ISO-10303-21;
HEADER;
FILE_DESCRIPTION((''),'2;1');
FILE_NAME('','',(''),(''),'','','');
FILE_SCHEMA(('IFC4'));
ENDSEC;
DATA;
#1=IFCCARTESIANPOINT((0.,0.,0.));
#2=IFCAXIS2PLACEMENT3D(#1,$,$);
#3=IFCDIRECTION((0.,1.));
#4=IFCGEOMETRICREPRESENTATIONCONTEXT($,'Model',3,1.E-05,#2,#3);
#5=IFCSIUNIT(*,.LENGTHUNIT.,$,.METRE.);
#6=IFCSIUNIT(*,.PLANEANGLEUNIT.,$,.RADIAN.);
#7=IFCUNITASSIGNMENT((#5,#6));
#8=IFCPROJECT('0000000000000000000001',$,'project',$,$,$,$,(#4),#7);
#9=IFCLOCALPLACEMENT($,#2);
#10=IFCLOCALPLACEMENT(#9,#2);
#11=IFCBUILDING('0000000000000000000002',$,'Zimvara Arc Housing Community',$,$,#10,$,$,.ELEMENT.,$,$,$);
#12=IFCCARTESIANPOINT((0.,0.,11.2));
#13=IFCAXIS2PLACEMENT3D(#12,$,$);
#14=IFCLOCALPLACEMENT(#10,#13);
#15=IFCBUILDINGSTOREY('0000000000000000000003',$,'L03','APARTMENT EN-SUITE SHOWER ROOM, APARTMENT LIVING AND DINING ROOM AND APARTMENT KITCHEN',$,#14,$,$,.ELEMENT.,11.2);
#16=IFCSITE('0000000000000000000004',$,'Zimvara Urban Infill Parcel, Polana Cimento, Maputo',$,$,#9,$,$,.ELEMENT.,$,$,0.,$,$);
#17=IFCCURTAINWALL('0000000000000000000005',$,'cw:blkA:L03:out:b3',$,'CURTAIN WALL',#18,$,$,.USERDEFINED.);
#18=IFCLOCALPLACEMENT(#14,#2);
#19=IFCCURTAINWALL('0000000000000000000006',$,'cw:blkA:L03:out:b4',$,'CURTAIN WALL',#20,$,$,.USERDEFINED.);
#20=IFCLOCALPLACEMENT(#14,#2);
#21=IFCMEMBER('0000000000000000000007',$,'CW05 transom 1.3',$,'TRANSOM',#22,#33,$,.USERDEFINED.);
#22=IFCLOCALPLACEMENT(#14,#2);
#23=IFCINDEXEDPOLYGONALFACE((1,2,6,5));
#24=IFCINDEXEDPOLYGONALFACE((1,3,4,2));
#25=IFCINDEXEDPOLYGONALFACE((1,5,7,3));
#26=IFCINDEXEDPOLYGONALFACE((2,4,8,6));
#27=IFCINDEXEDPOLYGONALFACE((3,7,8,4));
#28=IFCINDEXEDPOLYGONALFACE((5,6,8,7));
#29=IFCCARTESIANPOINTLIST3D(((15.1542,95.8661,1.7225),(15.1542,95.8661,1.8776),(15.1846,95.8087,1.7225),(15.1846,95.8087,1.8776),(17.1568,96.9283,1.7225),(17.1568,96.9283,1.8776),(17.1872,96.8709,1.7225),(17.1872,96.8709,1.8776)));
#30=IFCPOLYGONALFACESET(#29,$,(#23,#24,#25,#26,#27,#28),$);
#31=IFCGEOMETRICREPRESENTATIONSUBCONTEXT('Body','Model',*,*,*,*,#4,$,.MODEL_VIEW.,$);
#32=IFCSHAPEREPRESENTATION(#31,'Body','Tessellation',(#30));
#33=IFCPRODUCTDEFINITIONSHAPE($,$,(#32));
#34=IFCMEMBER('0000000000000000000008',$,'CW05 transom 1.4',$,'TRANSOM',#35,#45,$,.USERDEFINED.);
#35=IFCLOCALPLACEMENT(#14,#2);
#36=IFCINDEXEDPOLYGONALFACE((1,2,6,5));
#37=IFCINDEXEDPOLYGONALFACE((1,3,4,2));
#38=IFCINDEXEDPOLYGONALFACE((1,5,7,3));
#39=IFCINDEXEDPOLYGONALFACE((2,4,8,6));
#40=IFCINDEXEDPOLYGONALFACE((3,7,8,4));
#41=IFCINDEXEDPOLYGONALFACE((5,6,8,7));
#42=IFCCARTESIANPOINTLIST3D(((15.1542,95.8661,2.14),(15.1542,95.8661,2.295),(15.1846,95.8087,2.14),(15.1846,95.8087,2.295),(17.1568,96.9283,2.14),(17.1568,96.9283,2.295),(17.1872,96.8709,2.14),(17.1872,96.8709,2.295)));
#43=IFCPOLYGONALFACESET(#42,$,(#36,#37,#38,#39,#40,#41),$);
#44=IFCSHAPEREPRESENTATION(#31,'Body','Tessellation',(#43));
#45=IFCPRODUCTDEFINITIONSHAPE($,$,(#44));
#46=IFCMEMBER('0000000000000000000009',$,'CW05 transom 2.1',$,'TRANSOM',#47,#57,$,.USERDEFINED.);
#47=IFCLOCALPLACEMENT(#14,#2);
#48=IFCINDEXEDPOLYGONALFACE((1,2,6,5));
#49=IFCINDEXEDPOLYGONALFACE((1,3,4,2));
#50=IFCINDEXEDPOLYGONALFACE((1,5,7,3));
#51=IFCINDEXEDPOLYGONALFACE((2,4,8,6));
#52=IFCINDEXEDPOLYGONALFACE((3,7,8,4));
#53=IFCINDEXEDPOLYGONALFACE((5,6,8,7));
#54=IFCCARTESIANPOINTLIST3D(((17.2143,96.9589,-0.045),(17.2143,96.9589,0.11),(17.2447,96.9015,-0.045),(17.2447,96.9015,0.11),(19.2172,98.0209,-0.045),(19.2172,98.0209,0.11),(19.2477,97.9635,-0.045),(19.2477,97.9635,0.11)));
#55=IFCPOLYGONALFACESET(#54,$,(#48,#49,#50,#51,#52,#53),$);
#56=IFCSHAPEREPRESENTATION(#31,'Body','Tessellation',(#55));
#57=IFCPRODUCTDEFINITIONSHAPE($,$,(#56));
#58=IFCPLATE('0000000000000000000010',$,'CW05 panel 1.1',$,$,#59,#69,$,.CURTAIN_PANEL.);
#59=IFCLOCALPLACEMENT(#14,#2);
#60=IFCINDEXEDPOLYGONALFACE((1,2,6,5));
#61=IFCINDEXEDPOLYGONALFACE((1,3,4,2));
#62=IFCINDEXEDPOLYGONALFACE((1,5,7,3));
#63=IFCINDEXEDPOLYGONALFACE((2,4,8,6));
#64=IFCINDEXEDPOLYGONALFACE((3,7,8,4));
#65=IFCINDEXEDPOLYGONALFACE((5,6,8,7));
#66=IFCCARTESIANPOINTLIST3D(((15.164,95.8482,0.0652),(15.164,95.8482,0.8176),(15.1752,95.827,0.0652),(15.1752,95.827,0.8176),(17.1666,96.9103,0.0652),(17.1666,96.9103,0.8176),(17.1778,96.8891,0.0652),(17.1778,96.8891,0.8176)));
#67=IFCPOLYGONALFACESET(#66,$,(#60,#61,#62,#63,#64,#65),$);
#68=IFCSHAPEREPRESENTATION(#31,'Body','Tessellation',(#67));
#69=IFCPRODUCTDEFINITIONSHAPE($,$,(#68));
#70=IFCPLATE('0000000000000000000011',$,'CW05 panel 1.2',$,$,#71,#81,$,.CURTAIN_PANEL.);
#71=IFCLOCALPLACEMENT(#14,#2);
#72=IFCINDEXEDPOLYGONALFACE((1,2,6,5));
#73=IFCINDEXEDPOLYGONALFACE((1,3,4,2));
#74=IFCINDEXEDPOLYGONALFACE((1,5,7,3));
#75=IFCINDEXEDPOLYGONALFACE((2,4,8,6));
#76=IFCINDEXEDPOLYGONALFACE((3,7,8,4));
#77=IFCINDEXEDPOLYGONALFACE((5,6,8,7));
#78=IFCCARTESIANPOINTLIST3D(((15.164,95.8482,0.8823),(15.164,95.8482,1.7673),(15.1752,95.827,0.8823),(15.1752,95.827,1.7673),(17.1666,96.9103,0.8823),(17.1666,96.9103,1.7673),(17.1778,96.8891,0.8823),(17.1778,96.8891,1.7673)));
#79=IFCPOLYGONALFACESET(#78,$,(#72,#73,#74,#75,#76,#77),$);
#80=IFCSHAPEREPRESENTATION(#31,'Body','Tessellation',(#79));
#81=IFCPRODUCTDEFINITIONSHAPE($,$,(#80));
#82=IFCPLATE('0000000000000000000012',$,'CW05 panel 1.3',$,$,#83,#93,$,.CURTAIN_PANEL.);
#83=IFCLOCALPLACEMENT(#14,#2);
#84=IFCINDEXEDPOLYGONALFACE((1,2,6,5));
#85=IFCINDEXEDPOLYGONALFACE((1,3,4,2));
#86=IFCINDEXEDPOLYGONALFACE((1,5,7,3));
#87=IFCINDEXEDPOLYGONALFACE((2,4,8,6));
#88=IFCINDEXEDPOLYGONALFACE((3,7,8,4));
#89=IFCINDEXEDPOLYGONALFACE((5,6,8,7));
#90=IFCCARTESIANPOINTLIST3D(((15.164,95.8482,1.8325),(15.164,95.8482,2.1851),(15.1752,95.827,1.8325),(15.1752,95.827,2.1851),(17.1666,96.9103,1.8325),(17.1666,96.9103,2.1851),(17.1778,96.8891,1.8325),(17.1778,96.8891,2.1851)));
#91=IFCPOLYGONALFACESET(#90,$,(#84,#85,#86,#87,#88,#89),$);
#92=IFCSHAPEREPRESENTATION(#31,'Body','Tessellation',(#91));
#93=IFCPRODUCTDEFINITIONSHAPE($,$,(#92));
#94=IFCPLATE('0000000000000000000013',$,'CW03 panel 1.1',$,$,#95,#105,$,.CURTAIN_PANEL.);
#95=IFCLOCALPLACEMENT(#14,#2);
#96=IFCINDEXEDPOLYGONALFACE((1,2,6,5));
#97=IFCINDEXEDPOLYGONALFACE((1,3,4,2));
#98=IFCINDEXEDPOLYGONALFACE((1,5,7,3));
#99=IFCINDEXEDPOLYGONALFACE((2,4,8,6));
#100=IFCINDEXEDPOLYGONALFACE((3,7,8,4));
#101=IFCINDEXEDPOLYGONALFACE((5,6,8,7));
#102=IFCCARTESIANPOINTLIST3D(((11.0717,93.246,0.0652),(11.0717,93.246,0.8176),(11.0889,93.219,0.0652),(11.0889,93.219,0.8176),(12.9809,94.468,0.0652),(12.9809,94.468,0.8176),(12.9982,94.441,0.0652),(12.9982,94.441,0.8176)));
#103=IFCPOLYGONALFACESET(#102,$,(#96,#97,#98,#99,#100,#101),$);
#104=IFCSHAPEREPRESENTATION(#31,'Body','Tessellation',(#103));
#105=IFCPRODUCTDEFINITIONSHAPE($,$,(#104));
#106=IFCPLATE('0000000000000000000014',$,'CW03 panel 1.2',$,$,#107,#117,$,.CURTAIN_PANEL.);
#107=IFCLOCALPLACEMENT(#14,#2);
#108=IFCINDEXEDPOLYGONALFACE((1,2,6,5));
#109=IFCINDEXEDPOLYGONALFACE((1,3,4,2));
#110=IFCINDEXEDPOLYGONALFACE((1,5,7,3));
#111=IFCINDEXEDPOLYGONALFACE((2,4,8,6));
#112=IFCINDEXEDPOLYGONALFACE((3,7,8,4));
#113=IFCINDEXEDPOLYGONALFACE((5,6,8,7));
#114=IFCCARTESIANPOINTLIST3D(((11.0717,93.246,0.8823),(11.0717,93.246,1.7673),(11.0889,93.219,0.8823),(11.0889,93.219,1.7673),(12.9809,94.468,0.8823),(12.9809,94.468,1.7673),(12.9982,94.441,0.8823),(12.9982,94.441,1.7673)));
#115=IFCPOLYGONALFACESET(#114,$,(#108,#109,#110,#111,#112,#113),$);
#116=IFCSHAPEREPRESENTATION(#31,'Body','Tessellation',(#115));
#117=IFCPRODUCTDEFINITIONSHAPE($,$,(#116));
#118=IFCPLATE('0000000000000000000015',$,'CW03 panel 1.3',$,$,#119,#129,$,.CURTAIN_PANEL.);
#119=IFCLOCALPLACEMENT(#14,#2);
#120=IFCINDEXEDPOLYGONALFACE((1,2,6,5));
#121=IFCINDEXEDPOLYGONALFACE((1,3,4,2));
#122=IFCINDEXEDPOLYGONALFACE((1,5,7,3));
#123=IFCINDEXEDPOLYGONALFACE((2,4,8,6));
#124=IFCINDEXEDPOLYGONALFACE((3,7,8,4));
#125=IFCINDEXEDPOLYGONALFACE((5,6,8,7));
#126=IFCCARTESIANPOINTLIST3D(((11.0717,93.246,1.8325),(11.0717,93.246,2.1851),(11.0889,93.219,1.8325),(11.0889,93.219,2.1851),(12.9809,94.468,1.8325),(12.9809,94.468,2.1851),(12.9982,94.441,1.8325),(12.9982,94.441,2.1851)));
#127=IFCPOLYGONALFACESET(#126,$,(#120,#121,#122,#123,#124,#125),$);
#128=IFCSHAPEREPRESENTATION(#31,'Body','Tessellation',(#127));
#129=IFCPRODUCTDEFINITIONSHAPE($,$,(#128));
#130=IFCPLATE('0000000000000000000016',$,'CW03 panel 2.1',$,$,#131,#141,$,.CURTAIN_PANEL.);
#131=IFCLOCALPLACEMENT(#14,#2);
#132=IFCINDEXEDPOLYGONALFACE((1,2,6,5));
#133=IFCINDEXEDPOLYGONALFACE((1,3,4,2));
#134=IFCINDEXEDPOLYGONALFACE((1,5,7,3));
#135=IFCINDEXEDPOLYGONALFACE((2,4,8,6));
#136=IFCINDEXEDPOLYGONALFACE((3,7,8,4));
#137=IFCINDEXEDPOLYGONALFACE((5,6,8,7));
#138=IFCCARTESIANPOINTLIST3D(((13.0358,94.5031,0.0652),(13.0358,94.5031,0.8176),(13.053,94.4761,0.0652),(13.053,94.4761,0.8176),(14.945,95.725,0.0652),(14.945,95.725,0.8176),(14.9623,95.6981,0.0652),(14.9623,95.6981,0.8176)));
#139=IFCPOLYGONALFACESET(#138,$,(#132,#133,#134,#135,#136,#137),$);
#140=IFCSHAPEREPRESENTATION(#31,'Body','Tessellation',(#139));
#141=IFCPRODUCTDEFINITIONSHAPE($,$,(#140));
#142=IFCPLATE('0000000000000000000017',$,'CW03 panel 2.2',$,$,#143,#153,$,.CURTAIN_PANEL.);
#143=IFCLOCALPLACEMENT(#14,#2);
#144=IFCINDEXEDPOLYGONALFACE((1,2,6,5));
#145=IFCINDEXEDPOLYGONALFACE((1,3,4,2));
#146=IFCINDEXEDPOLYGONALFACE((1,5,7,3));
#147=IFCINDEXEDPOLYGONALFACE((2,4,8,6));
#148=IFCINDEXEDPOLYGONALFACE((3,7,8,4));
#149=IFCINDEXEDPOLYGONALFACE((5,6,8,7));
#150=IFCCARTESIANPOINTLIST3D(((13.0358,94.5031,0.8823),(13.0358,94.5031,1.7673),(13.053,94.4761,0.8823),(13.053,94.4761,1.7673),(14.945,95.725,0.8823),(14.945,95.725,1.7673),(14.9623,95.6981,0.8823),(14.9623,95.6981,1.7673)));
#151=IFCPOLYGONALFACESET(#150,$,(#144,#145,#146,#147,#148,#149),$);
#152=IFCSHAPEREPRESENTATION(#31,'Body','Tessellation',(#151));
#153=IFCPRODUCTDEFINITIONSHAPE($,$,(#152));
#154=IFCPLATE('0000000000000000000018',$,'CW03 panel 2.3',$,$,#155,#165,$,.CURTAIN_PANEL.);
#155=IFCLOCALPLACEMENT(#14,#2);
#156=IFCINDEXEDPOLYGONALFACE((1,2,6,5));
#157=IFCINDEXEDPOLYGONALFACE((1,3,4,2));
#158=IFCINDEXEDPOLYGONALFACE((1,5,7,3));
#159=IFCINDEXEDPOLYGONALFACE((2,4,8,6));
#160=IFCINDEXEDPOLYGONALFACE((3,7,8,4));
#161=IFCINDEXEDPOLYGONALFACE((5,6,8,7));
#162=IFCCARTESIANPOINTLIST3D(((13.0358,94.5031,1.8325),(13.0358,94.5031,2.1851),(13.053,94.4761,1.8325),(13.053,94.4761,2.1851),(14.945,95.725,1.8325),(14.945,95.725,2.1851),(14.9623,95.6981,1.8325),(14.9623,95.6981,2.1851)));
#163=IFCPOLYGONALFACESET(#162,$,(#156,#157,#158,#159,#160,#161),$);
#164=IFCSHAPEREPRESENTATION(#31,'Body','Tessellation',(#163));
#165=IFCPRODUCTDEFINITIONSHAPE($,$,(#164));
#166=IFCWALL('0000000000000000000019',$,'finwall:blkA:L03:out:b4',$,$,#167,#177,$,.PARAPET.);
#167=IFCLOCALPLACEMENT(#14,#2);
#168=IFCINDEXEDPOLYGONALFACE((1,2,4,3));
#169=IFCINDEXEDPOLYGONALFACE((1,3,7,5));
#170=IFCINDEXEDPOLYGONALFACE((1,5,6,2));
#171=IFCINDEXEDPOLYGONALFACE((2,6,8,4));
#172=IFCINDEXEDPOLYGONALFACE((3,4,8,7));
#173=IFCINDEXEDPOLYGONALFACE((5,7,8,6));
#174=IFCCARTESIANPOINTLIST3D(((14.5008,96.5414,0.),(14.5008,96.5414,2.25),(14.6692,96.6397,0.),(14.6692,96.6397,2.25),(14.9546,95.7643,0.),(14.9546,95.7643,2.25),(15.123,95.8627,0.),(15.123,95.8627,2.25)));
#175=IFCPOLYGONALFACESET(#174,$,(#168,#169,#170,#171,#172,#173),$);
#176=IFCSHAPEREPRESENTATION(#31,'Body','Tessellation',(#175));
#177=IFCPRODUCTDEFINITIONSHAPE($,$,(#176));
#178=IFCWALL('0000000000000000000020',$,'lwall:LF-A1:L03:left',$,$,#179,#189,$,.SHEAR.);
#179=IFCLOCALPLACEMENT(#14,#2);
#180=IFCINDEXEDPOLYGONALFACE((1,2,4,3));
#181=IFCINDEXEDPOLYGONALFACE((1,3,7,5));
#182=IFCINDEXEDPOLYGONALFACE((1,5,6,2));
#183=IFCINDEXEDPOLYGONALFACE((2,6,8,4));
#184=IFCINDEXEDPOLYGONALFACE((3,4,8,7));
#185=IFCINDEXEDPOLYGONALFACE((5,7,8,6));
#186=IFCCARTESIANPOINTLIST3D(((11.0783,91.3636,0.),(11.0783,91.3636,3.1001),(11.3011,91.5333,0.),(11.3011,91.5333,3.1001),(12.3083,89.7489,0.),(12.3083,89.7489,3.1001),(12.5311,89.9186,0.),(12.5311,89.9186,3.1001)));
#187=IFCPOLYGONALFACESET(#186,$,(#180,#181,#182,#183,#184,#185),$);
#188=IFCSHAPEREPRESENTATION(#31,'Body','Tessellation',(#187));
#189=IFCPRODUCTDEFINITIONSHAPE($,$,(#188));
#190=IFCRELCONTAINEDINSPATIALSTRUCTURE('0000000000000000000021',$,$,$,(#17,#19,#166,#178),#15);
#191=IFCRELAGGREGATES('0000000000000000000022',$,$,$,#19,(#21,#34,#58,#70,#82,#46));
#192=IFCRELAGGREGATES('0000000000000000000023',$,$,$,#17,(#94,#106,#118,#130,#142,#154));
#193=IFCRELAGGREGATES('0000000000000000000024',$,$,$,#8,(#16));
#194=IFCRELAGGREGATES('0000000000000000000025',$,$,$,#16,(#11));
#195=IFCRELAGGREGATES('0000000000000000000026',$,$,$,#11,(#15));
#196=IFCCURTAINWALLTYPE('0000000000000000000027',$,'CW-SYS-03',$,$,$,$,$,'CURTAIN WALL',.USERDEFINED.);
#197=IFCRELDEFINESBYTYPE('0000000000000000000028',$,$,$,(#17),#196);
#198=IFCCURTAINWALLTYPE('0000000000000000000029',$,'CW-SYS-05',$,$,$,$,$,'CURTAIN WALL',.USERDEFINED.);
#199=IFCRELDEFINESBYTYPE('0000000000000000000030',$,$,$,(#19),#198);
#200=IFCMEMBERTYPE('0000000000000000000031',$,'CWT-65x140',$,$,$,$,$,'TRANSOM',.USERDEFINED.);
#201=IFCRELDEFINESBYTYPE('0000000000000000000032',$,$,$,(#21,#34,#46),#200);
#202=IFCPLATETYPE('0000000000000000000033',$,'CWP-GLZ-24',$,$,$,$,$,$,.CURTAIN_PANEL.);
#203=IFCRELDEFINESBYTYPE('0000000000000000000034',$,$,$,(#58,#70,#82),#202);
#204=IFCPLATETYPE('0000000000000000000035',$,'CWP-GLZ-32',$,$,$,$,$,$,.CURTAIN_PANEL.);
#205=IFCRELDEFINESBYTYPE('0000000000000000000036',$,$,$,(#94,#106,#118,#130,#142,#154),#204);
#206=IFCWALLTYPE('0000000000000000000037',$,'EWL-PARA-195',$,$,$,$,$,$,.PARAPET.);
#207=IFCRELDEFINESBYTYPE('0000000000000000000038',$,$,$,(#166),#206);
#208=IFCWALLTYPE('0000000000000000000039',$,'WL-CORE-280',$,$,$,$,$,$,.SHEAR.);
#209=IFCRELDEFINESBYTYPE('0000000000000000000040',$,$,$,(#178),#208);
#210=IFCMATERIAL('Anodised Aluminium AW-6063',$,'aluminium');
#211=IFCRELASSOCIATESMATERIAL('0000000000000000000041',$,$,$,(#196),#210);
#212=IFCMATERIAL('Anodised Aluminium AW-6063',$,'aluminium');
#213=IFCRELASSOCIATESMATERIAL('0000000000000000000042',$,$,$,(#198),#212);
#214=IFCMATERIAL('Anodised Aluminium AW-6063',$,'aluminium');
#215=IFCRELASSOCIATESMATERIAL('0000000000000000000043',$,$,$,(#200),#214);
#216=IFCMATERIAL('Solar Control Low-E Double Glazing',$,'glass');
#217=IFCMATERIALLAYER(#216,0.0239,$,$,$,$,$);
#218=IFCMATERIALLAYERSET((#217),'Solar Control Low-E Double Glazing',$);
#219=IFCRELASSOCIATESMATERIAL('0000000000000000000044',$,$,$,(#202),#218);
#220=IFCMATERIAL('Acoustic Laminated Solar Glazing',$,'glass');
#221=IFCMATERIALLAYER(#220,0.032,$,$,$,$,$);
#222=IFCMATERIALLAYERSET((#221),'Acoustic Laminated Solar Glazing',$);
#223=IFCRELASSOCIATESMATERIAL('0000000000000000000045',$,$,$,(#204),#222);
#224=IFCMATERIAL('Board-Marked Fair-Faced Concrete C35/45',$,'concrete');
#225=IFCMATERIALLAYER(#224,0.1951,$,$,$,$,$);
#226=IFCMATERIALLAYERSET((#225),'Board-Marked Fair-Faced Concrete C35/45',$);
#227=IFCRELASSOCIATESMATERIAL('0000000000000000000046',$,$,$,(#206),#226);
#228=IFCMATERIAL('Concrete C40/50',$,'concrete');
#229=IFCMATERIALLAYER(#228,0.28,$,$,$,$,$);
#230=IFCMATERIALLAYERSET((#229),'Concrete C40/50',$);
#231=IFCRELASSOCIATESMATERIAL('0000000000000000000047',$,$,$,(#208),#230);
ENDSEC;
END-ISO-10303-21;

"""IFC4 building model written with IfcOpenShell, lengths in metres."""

from ifc_helpers import new_model, si_unit, direction, frame, frame_2d, origin, origin_2d, place, context, subcontext, project, spatial, rectangle, extrude, material, layer, layer_set, material_profile, profile_set, type_object, element, aggregate, save


model = new_model("IFC4")

# Units and contexts
model_context = context("Model", 3, precision=1e-05, world=origin(), true_north=direction((0.0, 1.0)))
body_context = subcontext(model_context, "Body", "Model", "MODEL_VIEW")
ifc_project = project(units=[si_unit("LENGTHUNIT", "METRE"), si_unit("PLANEANGLEUNIT", "RADIAN")], contexts=[model_context])

# Site, building, storey
site_placement = place(None, origin())
site = spatial("IfcSite", under=ifc_project, at=site_placement, Name="Zimvara Urban Infill Parcel, Polana Cimento, Maputo", CompositionType="ELEMENT", RefElevation=0.0)
building_placement = place(site_placement, origin())
building = spatial("IfcBuilding", under=site, at=building_placement, Name="Zimvara Arc Housing Community", CompositionType="ELEMENT")
storey_placement = place(building_placement, frame((0.0, 0.0, 11.2)))
storey = spatial("IfcBuildingStorey", under=building, at=storey_placement, Name="L03", Description="APARTMENT EN-SUITE SHOWER ROOM, APARTMENT LIVING AND DINING ROOM AND APARTMENT KITCHEN", CompositionType="ELEMENT", Elevation=11.2)

# Curtain walls
ifc_material_1 = material(Name="Anodised Aluminium AW-6063", Category="aluminium")
curtain_wall_type_1 = type_object("IfcCurtainWallType", Name="CW-SYS-03", ElementType="CURTAIN WALL", PredefinedType="USERDEFINED", material=ifc_material_1)
curtain_wall_1_placement = place(storey_placement, origin())
curtain_wall_1 = element("IfcCurtainWall", 1, at=curtain_wall_1_placement, inside=storey, type_object=curtain_wall_type_1, Name="cw:blkA:L03:out:b3", ObjectType="CURTAIN WALL", PredefinedType="USERDEFINED")
ifc_material_2 = material(Name="Anodised Aluminium AW-6063", Category="aluminium")
curtain_wall_type_2 = type_object("IfcCurtainWallType", Name="CW-SYS-05", ElementType="CURTAIN WALL", PredefinedType="USERDEFINED", material=ifc_material_2)
curtain_wall_2_placement = place(storey_placement, origin())
curtain_wall_2 = element("IfcCurtainWall", 2, at=curtain_wall_2_placement, inside=storey, type_object=curtain_wall_type_2, Name="cw:blkA:L03:out:b4", ObjectType="CURTAIN WALL", PredefinedType="USERDEFINED")

# Members
ifc_material_3 = material(Name="Anodised Aluminium AW-6063", Category="aluminium")
ifc_material_profile_1 = material_profile(ifc_material_3, rectangle(XDim=0.0649, YDim=0.155, at=origin_2d()), Name="ALU 65x155")
ifc_profile_set_1 = profile_set([ifc_material_profile_1], Name="Anodised Aluminium AW-6063")
member_type_1 = type_object("IfcMemberType", Name="CWT-65x140", ElementType="TRANSOM", PredefinedType="USERDEFINED", material=ifc_profile_set_1)
member_1_placement = place(storey_placement, frame((15.1694, 95.8374, 1.8), z_axis=(0.883421, 0.46858, 0.0), x_axis=(-0.46858, 0.883421, 0.0)))
member_1 = element("IfcMember", 3, at=member_1_placement, type_object=member_type_1, Name="CW05 transom 1.3", ObjectType="TRANSOM", PredefinedType="USERDEFINED", context=body_context, shape_type="SweptSolid", body=[
    extrude(rectangle(XDim=0.0649, YDim=0.155, at=origin_2d()), origin(), (0.0, 0.0, 1.0), 2.2668),
])
member_2_placement = place(storey_placement, frame((15.1694, 95.8374, 2.2175), z_axis=(0.883421, 0.46858, 0.0), x_axis=(-0.46858, 0.883421, 0.0)))
member_2 = element("IfcMember", 4, at=member_2_placement, type_object=member_type_1, Name="CW05 transom 1.4", ObjectType="TRANSOM", PredefinedType="USERDEFINED", context=body_context, shape_type="SweptSolid", body=[
    extrude(rectangle(XDim=0.0649, YDim=0.155, at=origin_2d()), origin(), (0.0, 0.0, 1.0), 2.2668),
])
member_3_placement = place(storey_placement, frame((17.2295, 96.9302, 0.0325), z_axis=(0.883489, 0.468452, 0.0), x_axis=(-0.468452, 0.883489, 0.0)))
member_3 = element("IfcMember", 5, at=member_3_placement, type_object=member_type_1, Name="CW05 transom 2.1", ObjectType="TRANSOM", PredefinedType="USERDEFINED", context=body_context, shape_type="SweptSolid", body=[
    extrude(rectangle(XDim=0.0649, YDim=0.155, at=origin_2d()), origin(), (0.0, 0.0, 1.0), 2.2671),
])

# Plates
ifc_material_4 = material(Name="Solar Control Low-E Double Glazing", Category="glass")
ifc_layer_1 = layer(ifc_material_4, 0.0239)
ifc_layer_set_1 = layer_set([ifc_layer_1], Name="Solar Control Low-E Double Glazing")
plate_type_1 = type_object("IfcPlateType", Name="CWP-GLZ-24", PredefinedType="CURTAIN_PANEL", material=ifc_layer_set_1)
plate_1_placement = place(storey_placement, frame((16.1709, 96.3687, 0.0652), z_axis=(0.0, 0.0, 1.0), x_axis=(0.883439, 0.468547, 0.0)))
plate_1 = element("IfcPlate", 6, at=plate_1_placement, type_object=plate_type_1, Name="CW05 panel 1.1", PredefinedType="CURTAIN_PANEL", context=body_context, shape_type="SweptSolid", body=[
    extrude(rectangle(XDim=2.2668, YDim=0.0239, at=origin_2d()), origin(), (0.0, 0.0, 1.0), 0.7524),
])
plate_2_placement = place(storey_placement, frame((16.1709, 96.3687, 0.8823), z_axis=(0.0, 0.0, 1.0), x_axis=(0.883439, 0.468547, 0.0)))
plate_2 = element("IfcPlate", 7, at=plate_2_placement, type_object=plate_type_1, Name="CW05 panel 1.2", PredefinedType="CURTAIN_PANEL", context=body_context, shape_type="SweptSolid", body=[
    extrude(rectangle(XDim=2.2668, YDim=0.0239, at=origin_2d()), origin(), (0.0, 0.0, 1.0), 0.885),
])
plate_3_placement = place(storey_placement, frame((16.1709, 96.3687, 1.8325), z_axis=(0.0, 0.0, 1.0), x_axis=(0.883439, 0.468547, 0.0)))
plate_3 = element("IfcPlate", 8, at=plate_3_placement, type_object=plate_type_1, Name="CW05 panel 1.3", PredefinedType="CURTAIN_PANEL", context=body_context, shape_type="SweptSolid", body=[
    extrude(rectangle(XDim=2.2668, YDim=0.0239, at=origin_2d()), origin(), (0.0, 0.0, 1.0), 0.3525),
])
aggregate(curtain_wall_2, [member_1, member_2, plate_1, plate_2, plate_3, member_3])
ifc_material_5 = material(Name="Acoustic Laminated Solar Glazing", Category="glass")
ifc_layer_2 = layer(ifc_material_5, 0.032)
ifc_layer_set_2 = layer_set([ifc_layer_2], Name="Acoustic Laminated Solar Glazing")
plate_type_2 = type_object("IfcPlateType", Name="CWP-GLZ-32", PredefinedType="CURTAIN_PANEL", material=ifc_layer_set_2)
plate_4_placement = place(storey_placement, frame((12.0349, 93.8435, 0.0652), z_axis=(0.0, 0.0, 1.0), x_axis=(0.842264, 0.539065, 0.0)))
plate_4 = element("IfcPlate", 9, at=plate_4_placement, type_object=plate_type_2, Name="CW03 panel 1.1", PredefinedType="CURTAIN_PANEL", context=body_context, shape_type="SweptSolid", body=[
    extrude(rectangle(XDim=2.2668, YDim=0.032, at=origin_2d()), origin(), (0.0, 0.0, 1.0), 0.7524),
])
plate_5_placement = place(storey_placement, frame((12.0349, 93.8435, 0.8823), z_axis=(0.0, 0.0, 1.0), x_axis=(0.842264, 0.539065, 0.0)))
plate_5 = element("IfcPlate", 10, at=plate_5_placement, type_object=plate_type_2, Name="CW03 panel 1.2", PredefinedType="CURTAIN_PANEL", context=body_context, shape_type="SweptSolid", body=[
    extrude(rectangle(XDim=2.2668, YDim=0.032, at=origin_2d()), origin(), (0.0, 0.0, 1.0), 0.885),
])
plate_6_placement = place(storey_placement, frame((12.0349, 93.8435, 1.8325), z_axis=(0.0, 0.0, 1.0), x_axis=(0.842264, 0.539065, 0.0)))
plate_6 = element("IfcPlate", 11, at=plate_6_placement, type_object=plate_type_2, Name="CW03 panel 1.3", PredefinedType="CURTAIN_PANEL", context=body_context, shape_type="SweptSolid", body=[
    extrude(rectangle(XDim=2.2668, YDim=0.032, at=origin_2d()), origin(), (0.0, 0.0, 1.0), 0.3525),
])
plate_7_placement = place(storey_placement, frame((13.999, 95.1006, 0.0652), z_axis=(0.0, 0.0, 1.0), x_axis=(0.842264, 0.539065, 0.0)))
plate_7 = element("IfcPlate", 12, at=plate_7_placement, type_object=plate_type_2, Name="CW03 panel 2.1", PredefinedType="CURTAIN_PANEL", context=body_context, shape_type="SweptSolid", body=[
    extrude(rectangle(XDim=2.2668, YDim=0.032, at=origin_2d()), origin(), (0.0, 0.0, 1.0), 0.7524),
])
plate_8_placement = place(storey_placement, frame((13.999, 95.1006, 0.8823), z_axis=(0.0, 0.0, 1.0), x_axis=(0.842264, 0.539065, 0.0)))
plate_8 = element("IfcPlate", 13, at=plate_8_placement, type_object=plate_type_2, Name="CW03 panel 2.2", PredefinedType="CURTAIN_PANEL", context=body_context, shape_type="SweptSolid", body=[
    extrude(rectangle(XDim=2.2668, YDim=0.032, at=origin_2d()), origin(), (0.0, 0.0, 1.0), 0.885),
])
plate_9_placement = place(storey_placement, frame((13.999, 95.1006, 1.8325), z_axis=(0.0, 0.0, 1.0), x_axis=(0.842264, 0.539065, 0.0)))
plate_9 = element("IfcPlate", 14, at=plate_9_placement, type_object=plate_type_2, Name="CW03 panel 2.3", PredefinedType="CURTAIN_PANEL", context=body_context, shape_type="SweptSolid", body=[
    extrude(rectangle(XDim=2.2668, YDim=0.032, at=origin_2d()), origin(), (0.0, 0.0, 1.0), 0.3525),
])
aggregate(curtain_wall_1, [plate_4, plate_5, plate_6, plate_7, plate_8, plate_9])

# Wall
ifc_material_6 = material(Name="Board-Marked Fair-Faced Concrete C35/45", Category="concrete")
ifc_layer_3 = layer(ifc_material_6, 0.1951)
ifc_layer_set_3 = layer_set([ifc_layer_3], Name="Board-Marked Fair-Faced Concrete C35/45")
wall_type_1 = type_object("IfcWallType", Name="EWL-PARA-195", PredefinedType="PARAPET", material=ifc_layer_set_3)
wall_1_placement = place(storey_placement, frame((15.0388, 95.8135, 0.0), z_axis=(0.0, 0.0, 1.0), x_axis=(-0.504326, 0.863513, 0.0)))
element("IfcWall", 15, at=wall_1_placement, inside=storey, type_object=wall_type_1, Name="finwall:blkA:L03:out:b4", PredefinedType="PARAPET", context=body_context, shape_type="SweptSolid", body=[
    extrude(rectangle(XDim=0.8999, YDim=0.1951, at=frame_2d((0.45, 0.0))), origin(), (0.0, 0.0, 1.0), 2.25),
])

# Shared definitions
ifc_material_7 = material(Name="Concrete C40/50", Category="concrete")
ifc_layer_4 = layer(ifc_material_7, 0.28)
ifc_layer_set_4 = layer_set([ifc_layer_4], Name="Concrete C40/50")
wall_type_2 = type_object("IfcWallType", Name="WL-CORE-280", PredefinedType="SHEAR", material=ifc_layer_set_4)

# Wall
wall_2_placement = place(storey_placement, frame((12.4197, 89.8337, 0.0), z_axis=(0.0, 0.0, 1.0), x_axis=(-0.605949, 0.795504, 0.0)))
element("IfcWall", 16, at=wall_2_placement, inside=storey, type_object=wall_type_2, Name="lwall:LF-A1:L03:left", PredefinedType="SHEAR", context=body_context, shape_type="SweptSolid", body=[
    extrude(rectangle(XDim=2.0298, YDim=0.28, at=frame_2d((1.0149, 0.0))), origin(), (0.0, 0.0, 1.0), 3.1001),
])

save(model, "model.ifc")
